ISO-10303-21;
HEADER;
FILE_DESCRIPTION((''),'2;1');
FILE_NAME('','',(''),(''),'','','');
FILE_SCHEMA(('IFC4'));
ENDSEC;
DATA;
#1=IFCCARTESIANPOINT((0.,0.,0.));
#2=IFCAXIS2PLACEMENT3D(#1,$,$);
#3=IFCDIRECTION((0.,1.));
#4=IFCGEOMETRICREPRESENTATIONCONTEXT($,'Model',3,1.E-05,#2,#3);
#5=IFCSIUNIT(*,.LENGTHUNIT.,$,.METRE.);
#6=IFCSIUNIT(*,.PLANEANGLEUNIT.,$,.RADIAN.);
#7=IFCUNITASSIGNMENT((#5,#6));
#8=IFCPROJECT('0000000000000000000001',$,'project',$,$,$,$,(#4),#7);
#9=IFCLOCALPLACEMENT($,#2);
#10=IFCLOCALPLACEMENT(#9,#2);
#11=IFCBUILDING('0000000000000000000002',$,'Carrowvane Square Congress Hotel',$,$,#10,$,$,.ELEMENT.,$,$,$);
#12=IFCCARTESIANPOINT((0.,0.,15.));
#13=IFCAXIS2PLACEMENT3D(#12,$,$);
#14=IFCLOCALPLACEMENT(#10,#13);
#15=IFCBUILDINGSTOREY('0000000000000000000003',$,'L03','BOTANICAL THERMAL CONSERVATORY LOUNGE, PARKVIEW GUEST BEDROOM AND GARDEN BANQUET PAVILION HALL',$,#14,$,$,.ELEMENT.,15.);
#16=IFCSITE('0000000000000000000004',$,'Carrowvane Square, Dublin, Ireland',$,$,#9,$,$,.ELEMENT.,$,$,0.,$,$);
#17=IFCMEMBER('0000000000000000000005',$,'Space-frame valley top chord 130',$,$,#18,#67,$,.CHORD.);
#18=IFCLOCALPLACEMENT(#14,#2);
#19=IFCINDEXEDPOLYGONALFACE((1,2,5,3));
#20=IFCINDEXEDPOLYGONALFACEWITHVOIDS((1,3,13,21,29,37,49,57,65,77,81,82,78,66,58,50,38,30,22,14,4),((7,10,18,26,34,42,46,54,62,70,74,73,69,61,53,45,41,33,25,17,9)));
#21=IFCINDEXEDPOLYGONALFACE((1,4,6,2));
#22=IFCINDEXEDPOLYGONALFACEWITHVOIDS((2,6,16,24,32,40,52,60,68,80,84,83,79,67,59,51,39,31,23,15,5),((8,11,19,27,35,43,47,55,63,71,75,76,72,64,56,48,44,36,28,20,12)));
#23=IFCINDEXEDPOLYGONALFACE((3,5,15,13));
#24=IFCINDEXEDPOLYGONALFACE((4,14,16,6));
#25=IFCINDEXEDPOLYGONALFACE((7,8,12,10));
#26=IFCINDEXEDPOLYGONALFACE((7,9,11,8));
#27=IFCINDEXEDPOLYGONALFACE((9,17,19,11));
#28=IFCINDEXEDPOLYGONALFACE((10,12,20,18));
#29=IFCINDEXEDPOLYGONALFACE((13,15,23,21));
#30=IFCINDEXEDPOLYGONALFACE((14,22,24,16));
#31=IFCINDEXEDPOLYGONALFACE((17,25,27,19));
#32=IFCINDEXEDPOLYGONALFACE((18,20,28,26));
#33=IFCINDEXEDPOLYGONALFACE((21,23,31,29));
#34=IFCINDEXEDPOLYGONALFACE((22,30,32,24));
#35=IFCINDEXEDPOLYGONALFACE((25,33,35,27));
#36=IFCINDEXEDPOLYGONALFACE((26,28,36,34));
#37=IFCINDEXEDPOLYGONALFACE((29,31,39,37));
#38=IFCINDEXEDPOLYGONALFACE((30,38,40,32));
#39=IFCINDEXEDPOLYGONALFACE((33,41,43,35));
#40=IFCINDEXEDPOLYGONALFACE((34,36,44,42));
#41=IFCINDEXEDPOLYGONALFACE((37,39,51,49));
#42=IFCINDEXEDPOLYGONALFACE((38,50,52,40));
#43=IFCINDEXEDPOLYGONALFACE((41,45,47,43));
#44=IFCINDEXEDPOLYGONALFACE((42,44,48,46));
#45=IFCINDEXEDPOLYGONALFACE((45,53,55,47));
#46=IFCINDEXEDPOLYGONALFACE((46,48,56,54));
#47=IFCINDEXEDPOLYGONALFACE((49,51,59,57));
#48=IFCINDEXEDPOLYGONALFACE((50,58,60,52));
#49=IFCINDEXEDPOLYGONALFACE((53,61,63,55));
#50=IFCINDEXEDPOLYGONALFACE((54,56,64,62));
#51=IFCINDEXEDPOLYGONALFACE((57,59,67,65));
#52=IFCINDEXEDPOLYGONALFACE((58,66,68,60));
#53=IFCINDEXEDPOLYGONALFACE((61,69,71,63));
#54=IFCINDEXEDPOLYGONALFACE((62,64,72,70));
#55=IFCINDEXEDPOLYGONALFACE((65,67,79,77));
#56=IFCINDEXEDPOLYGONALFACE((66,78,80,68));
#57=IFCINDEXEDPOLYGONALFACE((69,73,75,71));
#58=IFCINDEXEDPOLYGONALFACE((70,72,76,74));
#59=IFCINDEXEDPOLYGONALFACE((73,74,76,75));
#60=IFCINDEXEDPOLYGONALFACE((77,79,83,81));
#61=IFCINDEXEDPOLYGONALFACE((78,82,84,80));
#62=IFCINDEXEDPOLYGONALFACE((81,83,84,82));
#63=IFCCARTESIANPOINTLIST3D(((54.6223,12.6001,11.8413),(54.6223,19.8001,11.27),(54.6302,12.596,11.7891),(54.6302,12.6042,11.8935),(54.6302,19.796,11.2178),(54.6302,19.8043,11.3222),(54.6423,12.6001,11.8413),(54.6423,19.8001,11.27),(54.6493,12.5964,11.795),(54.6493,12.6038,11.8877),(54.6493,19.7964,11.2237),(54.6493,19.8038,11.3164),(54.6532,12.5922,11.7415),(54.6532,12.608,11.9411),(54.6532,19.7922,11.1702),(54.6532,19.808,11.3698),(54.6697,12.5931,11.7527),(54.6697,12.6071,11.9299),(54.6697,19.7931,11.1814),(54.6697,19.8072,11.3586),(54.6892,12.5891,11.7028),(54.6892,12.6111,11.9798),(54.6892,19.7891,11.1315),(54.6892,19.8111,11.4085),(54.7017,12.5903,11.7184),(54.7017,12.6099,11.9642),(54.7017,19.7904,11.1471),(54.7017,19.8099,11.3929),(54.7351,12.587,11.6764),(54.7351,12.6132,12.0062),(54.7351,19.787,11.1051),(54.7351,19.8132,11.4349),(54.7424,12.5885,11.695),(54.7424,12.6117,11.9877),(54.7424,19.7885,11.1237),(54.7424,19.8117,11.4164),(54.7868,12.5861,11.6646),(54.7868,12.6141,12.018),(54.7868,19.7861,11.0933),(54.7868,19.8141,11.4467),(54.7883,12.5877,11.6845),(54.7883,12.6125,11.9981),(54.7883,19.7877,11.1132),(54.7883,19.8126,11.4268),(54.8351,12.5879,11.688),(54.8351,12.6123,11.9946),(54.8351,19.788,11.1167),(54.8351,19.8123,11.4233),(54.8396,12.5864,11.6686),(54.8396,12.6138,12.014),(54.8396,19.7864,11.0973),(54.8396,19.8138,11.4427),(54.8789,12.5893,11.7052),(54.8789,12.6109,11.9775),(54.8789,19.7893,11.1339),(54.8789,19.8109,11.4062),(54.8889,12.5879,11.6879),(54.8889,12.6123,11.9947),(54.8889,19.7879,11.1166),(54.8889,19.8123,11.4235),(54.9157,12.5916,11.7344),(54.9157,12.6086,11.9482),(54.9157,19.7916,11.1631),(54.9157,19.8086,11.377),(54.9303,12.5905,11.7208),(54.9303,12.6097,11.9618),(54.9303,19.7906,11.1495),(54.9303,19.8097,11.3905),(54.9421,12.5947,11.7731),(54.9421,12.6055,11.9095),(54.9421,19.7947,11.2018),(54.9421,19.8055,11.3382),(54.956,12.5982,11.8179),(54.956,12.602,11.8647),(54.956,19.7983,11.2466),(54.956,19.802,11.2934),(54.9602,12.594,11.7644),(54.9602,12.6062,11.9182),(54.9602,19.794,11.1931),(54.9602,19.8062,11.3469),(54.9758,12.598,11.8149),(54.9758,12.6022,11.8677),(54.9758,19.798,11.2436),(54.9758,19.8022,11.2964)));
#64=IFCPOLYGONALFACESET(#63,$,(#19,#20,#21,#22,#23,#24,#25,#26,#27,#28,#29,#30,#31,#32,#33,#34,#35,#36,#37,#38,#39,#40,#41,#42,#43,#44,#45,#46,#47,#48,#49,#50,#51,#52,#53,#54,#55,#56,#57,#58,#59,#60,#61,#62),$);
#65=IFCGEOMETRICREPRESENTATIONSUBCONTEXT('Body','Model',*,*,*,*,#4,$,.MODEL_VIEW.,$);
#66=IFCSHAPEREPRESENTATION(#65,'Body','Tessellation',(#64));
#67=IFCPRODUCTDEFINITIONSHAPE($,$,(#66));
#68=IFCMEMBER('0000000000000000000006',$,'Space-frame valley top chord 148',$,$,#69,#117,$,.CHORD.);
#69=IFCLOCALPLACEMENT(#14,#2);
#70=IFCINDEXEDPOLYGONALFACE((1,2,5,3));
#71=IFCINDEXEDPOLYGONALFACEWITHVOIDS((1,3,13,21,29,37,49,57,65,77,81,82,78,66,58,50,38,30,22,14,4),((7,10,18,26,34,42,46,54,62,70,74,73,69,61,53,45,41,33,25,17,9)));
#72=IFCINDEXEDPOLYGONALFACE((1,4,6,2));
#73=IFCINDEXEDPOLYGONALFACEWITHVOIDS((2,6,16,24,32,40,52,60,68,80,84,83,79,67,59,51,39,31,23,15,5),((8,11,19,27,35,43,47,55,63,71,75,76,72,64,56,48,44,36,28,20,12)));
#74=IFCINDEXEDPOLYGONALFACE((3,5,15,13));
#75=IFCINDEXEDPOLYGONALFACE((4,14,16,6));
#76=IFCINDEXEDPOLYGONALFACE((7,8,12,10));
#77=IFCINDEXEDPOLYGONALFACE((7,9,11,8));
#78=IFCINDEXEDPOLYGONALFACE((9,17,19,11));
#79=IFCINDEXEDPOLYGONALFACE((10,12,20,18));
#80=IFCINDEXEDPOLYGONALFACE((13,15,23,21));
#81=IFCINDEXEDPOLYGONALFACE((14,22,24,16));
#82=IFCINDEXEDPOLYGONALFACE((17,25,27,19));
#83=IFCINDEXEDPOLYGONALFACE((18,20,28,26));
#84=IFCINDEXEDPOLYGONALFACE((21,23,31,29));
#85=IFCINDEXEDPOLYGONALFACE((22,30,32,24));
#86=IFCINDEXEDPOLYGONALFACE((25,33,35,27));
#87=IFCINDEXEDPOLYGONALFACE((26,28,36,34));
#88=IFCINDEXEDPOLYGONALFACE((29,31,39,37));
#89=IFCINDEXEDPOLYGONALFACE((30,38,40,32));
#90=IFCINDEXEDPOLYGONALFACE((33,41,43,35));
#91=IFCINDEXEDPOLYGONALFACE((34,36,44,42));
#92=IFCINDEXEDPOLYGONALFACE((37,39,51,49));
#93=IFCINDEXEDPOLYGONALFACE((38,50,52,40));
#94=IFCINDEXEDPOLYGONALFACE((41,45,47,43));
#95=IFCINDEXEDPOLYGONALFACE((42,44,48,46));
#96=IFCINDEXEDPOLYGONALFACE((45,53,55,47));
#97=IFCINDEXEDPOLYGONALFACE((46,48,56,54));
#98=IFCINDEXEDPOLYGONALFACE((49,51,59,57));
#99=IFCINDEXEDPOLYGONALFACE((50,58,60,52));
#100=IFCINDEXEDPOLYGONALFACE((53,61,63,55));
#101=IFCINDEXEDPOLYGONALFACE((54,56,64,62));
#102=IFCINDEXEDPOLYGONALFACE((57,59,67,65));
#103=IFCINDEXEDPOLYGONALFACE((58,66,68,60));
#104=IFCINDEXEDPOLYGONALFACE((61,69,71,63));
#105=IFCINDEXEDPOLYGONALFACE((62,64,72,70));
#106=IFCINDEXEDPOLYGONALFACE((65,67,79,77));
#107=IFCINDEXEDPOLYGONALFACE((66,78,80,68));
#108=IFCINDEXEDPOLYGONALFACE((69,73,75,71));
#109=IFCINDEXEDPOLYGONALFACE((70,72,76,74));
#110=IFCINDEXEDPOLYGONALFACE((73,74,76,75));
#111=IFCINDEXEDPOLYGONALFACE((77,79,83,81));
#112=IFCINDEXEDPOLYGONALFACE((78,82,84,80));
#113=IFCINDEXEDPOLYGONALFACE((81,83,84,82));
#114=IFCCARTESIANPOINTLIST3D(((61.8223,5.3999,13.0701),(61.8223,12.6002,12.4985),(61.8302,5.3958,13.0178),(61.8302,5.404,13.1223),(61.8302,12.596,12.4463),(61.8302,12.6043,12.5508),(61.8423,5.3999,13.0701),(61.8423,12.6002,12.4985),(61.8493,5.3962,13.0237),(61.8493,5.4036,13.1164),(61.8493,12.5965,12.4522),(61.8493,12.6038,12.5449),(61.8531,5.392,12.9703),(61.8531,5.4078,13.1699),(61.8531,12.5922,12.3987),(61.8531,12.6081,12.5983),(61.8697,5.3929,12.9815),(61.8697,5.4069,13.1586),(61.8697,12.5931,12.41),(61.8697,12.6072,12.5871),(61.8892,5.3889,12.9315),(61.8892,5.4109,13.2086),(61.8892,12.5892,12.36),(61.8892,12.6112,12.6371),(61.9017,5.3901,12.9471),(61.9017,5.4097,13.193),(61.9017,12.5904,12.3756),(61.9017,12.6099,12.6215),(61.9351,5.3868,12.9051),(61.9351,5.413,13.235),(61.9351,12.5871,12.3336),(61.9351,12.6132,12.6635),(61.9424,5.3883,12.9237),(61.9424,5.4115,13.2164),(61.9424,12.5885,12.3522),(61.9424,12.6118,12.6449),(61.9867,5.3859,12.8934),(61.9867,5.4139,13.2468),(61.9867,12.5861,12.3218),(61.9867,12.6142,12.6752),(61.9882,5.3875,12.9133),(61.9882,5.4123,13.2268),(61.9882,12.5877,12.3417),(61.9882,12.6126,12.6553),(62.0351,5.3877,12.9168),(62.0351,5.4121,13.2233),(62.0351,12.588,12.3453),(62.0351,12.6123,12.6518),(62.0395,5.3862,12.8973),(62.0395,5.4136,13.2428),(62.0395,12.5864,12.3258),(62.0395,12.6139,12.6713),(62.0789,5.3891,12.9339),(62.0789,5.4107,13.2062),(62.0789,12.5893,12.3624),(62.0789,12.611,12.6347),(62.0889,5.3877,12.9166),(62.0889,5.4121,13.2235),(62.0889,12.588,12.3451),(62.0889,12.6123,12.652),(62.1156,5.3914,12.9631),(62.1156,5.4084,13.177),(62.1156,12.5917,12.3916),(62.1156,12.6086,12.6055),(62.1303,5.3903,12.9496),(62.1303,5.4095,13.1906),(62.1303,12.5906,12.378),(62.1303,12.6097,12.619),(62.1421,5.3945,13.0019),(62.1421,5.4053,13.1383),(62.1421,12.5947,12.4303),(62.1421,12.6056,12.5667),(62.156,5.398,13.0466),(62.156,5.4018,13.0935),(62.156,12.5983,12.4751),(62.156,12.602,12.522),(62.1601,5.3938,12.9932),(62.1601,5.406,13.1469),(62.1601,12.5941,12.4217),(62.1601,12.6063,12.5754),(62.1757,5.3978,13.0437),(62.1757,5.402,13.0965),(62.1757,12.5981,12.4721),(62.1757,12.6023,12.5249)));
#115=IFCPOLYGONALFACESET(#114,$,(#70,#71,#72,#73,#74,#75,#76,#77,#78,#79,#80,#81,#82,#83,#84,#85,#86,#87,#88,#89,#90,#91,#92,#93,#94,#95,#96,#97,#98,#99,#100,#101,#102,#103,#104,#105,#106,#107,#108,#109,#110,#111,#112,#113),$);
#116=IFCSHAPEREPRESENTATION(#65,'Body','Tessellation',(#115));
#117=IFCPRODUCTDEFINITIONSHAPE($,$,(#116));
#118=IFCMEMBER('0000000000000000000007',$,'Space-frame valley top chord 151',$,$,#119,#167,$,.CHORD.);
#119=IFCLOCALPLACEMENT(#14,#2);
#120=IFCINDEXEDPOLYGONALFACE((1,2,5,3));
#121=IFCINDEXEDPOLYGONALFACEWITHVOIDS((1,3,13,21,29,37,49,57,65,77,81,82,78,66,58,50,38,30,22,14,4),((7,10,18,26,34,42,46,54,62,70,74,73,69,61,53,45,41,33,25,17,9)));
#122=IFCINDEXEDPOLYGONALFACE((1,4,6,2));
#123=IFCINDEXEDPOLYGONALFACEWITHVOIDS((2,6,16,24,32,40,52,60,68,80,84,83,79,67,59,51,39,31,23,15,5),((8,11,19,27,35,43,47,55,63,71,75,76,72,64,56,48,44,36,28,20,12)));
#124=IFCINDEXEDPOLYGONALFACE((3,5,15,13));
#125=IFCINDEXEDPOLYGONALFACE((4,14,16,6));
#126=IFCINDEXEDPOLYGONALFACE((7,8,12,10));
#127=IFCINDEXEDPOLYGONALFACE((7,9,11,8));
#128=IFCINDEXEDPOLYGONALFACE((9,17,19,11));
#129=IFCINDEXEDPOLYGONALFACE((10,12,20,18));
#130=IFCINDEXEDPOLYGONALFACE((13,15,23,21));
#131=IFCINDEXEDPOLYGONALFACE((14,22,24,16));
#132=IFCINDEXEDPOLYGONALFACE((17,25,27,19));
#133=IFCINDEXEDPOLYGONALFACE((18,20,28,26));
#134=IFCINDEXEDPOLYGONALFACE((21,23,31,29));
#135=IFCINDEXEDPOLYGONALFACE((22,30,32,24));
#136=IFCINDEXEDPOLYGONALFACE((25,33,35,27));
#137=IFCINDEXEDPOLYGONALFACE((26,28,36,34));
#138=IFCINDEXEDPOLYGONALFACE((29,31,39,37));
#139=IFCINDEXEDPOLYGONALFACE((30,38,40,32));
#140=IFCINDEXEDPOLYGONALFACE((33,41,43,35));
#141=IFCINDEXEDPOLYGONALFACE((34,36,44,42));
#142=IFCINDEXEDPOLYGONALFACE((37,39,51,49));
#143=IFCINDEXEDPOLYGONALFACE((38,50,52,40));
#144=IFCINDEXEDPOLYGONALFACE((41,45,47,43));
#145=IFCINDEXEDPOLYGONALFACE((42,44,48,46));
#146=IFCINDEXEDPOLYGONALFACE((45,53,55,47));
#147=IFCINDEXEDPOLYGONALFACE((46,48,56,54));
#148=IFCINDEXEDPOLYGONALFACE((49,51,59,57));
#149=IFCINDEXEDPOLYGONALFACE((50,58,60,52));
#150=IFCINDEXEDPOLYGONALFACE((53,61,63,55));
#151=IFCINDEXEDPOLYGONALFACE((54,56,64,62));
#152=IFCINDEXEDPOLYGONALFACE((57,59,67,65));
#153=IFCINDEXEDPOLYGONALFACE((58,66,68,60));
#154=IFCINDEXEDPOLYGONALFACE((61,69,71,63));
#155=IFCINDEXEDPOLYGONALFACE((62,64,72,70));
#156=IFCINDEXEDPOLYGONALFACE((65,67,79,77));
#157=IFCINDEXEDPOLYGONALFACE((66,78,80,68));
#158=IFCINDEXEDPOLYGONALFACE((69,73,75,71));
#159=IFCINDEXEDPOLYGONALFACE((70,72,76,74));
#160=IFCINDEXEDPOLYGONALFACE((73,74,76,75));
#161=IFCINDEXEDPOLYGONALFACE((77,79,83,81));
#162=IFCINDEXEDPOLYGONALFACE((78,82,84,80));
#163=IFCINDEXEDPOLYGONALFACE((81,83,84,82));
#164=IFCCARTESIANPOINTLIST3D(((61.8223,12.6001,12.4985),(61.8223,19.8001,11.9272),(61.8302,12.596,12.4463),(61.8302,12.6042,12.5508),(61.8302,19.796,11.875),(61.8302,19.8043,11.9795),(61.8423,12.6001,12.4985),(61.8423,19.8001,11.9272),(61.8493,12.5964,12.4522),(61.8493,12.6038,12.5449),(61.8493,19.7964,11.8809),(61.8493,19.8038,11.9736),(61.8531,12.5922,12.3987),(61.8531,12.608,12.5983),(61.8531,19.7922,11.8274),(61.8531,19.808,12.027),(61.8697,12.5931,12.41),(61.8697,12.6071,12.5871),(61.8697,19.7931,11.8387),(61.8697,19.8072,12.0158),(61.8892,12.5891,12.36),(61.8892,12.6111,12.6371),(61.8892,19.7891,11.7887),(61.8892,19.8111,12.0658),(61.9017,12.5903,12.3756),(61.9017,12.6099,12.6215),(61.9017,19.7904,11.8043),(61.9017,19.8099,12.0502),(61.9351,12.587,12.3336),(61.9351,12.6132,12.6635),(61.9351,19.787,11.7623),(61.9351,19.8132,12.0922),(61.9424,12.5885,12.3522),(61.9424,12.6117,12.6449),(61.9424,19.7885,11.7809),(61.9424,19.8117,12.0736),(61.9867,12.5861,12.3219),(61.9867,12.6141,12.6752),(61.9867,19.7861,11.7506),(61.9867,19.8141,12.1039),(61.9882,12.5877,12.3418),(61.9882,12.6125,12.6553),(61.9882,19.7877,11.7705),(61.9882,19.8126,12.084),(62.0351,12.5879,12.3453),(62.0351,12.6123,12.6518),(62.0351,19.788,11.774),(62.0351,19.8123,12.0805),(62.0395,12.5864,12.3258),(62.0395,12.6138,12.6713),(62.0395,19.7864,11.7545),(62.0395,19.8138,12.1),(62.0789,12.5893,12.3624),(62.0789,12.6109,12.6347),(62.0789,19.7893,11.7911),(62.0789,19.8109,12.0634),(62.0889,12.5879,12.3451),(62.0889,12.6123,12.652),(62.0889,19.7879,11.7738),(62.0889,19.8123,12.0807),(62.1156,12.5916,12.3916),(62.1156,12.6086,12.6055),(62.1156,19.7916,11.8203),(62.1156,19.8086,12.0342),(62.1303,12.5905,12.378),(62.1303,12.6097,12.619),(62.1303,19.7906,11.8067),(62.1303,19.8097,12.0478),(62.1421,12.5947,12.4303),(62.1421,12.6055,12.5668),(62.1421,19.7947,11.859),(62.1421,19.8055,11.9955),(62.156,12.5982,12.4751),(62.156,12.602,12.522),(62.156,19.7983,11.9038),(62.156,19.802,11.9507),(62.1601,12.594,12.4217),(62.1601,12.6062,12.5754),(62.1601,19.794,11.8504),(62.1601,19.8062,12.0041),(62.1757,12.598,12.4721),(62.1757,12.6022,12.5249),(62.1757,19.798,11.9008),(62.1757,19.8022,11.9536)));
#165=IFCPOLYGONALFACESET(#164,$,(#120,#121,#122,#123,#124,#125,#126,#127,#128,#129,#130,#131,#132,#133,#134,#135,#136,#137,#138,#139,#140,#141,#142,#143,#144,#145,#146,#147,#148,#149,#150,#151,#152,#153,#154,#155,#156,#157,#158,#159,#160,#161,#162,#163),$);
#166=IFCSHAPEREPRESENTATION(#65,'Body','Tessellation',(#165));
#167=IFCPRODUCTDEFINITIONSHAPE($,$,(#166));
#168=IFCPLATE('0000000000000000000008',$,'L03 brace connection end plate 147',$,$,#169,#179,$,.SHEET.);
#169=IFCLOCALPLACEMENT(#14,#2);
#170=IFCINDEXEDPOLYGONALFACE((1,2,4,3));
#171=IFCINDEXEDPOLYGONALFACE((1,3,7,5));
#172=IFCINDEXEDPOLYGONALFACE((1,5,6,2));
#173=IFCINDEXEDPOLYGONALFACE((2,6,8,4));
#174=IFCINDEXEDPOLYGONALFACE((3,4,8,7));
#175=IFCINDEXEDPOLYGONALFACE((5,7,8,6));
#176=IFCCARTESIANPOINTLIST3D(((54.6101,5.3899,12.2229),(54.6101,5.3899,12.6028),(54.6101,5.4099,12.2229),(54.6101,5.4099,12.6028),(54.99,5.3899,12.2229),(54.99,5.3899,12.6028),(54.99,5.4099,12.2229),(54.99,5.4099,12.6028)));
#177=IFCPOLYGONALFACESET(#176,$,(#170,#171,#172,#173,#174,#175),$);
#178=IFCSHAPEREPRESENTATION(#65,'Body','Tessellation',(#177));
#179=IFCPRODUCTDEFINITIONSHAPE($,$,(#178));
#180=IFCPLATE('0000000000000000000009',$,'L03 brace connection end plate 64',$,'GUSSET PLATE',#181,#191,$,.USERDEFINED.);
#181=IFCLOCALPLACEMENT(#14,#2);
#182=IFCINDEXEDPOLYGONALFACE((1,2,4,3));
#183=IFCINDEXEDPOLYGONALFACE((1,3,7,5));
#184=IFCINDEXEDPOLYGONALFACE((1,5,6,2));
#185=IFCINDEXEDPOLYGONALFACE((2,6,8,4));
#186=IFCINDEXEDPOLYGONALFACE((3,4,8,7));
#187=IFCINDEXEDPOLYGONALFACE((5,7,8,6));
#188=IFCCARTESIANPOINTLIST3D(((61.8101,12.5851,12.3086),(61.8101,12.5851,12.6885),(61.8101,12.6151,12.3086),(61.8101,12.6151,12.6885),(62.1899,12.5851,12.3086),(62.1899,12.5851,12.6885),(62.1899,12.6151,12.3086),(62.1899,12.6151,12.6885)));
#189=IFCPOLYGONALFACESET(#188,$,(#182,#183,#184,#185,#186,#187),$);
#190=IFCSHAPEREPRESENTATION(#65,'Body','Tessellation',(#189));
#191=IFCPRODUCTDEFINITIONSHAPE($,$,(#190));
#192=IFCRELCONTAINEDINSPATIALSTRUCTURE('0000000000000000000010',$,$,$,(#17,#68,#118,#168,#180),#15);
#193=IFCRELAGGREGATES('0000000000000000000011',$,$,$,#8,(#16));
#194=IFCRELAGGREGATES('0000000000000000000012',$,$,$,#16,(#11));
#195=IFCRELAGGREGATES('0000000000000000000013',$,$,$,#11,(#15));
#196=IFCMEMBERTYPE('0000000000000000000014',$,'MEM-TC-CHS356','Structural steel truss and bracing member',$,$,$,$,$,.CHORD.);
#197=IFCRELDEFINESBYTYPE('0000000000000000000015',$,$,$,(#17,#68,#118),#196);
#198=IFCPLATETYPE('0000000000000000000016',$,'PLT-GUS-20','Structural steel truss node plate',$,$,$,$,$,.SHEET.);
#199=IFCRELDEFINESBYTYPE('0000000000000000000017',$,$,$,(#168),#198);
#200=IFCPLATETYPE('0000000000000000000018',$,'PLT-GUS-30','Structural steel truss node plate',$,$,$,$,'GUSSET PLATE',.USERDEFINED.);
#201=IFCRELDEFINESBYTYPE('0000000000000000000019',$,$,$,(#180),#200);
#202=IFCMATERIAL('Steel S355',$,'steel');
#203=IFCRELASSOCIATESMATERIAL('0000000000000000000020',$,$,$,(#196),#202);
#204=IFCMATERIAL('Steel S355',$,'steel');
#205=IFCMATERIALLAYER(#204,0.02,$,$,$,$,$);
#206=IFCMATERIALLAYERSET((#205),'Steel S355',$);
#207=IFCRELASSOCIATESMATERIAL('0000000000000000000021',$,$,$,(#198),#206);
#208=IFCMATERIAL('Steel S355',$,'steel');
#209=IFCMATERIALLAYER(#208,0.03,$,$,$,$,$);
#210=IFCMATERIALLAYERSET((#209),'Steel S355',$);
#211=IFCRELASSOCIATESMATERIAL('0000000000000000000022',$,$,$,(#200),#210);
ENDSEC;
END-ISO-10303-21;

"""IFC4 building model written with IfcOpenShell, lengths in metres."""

from ifc_helpers import new_model, si_unit, direction, frame, origin, origin_2d, place, context, subcontext, project, spatial, rectangle, hollow_circle, extrude, material, layer, layer_set, material_profile, profile_set, type_object, element, save


model = new_model("IFC4")

# Units and contexts
model_context = context("Model", 3, precision=1e-05, world=origin(), true_north=direction((0.0, 1.0)))
body_context = subcontext(model_context, "Body", "Model", "MODEL_VIEW")
ifc_project = project(units=[si_unit("LENGTHUNIT", "METRE"), si_unit("PLANEANGLEUNIT", "RADIAN")], contexts=[model_context])

# Site, building, storey
site_placement = place(None, origin())
site = spatial("IfcSite", under=ifc_project, at=site_placement, Name="Carrowvane Square, Dublin, Ireland", CompositionType="ELEMENT", RefElevation=0.0)
building_placement = place(site_placement, origin())
building = spatial("IfcBuilding", under=site, at=building_placement, Name="Carrowvane Square Congress Hotel", CompositionType="ELEMENT")
storey_placement = place(building_placement, frame((0.0, 0.0, 15.0)))
storey = spatial("IfcBuildingStorey", under=building, at=storey_placement, Name="L03", Description="BOTANICAL THERMAL CONSERVATORY LOUNGE, PARKVIEW GUEST BEDROOM AND GARDEN BANQUET PAVILION HALL", CompositionType="ELEMENT", Elevation=15.0)

# Members
ifc_material_1 = material(Name="Steel S355", Category="steel")
ifc_material_profile_1 = material_profile(ifc_material_1, hollow_circle(Radius=0.1777, WallThickness=0.02, at=origin_2d()), Name="CHS 355.6x20")
ifc_profile_set_1 = profile_set([ifc_material_profile_1], Name="Steel S355")
member_type_1 = type_object("IfcMemberType", Name="MEM-TC-CHS356", Description="Structural steel truss and bracing member", PredefinedType="CHORD", material=ifc_profile_set_1)
member_1_placement = place(storey_placement, frame((54.8, 12.6001, 11.8413), z_axis=(0.0, 0.996867, -0.079098), x_axis=(-1.0, 0.0, 0.0)))
element("IfcMember", 1, at=member_1_placement, inside=storey, type_object=member_type_1, Name="Space-frame valley top chord 130", PredefinedType="CHORD", context=body_context, shape_type="SweptSolid", body=[
    extrude(hollow_circle(Radius=0.1777, WallThickness=0.02, at=origin_2d()), origin(), (0.0, 0.0, 1.0), 7.2227),
])
member_2_placement = place(storey_placement, frame((62.0, 5.3999, 13.0701), z_axis=(0.0, 0.996864, -0.079129), x_axis=(-1.0, 0.0, 0.0)))
element("IfcMember", 2, at=member_2_placement, inside=storey, type_object=member_type_1, Name="Space-frame valley top chord 148", PredefinedType="CHORD", context=body_context, shape_type="SweptSolid", body=[
    extrude(hollow_circle(Radius=0.1777, WallThickness=0.02, at=origin_2d()), origin(), (0.0, 0.0, 1.0), 7.2229),
])
member_3_placement = place(storey_placement, frame((62.0, 12.6001, 12.4985), z_axis=(0.0, 0.996867, -0.079098), x_axis=(-1.0, 0.0, 0.0)))
element("IfcMember", 3, at=member_3_placement, inside=storey, type_object=member_type_1, Name="Space-frame valley top chord 151", PredefinedType="CHORD", context=body_context, shape_type="SweptSolid", body=[
    extrude(hollow_circle(Radius=0.1777, WallThickness=0.02, at=origin_2d()), origin(), (0.0, 0.0, 1.0), 7.2227),
])

# Plates
ifc_material_2 = material(Name="Steel S355", Category="steel")
ifc_layer_1 = layer(ifc_material_2, 0.02)
ifc_layer_set_1 = layer_set([ifc_layer_1], Name="Steel S355")
plate_type_1 = type_object("IfcPlateType", Name="PLT-GUS-20", Description="Structural steel truss node plate", PredefinedType="SHEET", material=ifc_layer_set_1)
plate_1_placement = place(storey_placement, frame((54.8, 5.3999, 12.2229), z_axis=(0.0, 0.0, 1.0), x_axis=(1.0, 0.0, 0.0)))
element("IfcPlate", 4, at=plate_1_placement, inside=storey, type_object=plate_type_1, Name="L03 brace connection end plate 147", PredefinedType="SHEET", context=body_context, shape_type="SweptSolid", body=[
    extrude(rectangle(XDim=0.3799, YDim=0.02, at=origin_2d()), origin(), (0.0, 0.0, 1.0), 0.3799),
])
ifc_material_3 = material(Name="Steel S355", Category="steel")
ifc_layer_2 = layer(ifc_material_3, 0.03)
ifc_layer_set_2 = layer_set([ifc_layer_2], Name="Steel S355")
plate_type_2 = type_object("IfcPlateType", Name="PLT-GUS-30", Description="Structural steel truss node plate", ElementType="GUSSET PLATE", PredefinedType="USERDEFINED", material=ifc_layer_set_2)
plate_2_placement = place(storey_placement, frame((62.0, 12.6001, 12.3086), z_axis=(0.0, 0.0, 1.0), x_axis=(1.0, 0.0, 0.0)))
element("IfcPlate", 5, at=plate_2_placement, inside=storey, type_object=plate_type_2, Name="L03 brace connection end plate 64", ObjectType="GUSSET PLATE", PredefinedType="USERDEFINED", context=body_context, shape_type="SweptSolid", body=[
    extrude(rectangle(XDim=0.3799, YDim=0.03, at=origin_2d()), origin(), (0.0, 0.0, 1.0), 0.3799),
])

save(model, "model.ifc")
